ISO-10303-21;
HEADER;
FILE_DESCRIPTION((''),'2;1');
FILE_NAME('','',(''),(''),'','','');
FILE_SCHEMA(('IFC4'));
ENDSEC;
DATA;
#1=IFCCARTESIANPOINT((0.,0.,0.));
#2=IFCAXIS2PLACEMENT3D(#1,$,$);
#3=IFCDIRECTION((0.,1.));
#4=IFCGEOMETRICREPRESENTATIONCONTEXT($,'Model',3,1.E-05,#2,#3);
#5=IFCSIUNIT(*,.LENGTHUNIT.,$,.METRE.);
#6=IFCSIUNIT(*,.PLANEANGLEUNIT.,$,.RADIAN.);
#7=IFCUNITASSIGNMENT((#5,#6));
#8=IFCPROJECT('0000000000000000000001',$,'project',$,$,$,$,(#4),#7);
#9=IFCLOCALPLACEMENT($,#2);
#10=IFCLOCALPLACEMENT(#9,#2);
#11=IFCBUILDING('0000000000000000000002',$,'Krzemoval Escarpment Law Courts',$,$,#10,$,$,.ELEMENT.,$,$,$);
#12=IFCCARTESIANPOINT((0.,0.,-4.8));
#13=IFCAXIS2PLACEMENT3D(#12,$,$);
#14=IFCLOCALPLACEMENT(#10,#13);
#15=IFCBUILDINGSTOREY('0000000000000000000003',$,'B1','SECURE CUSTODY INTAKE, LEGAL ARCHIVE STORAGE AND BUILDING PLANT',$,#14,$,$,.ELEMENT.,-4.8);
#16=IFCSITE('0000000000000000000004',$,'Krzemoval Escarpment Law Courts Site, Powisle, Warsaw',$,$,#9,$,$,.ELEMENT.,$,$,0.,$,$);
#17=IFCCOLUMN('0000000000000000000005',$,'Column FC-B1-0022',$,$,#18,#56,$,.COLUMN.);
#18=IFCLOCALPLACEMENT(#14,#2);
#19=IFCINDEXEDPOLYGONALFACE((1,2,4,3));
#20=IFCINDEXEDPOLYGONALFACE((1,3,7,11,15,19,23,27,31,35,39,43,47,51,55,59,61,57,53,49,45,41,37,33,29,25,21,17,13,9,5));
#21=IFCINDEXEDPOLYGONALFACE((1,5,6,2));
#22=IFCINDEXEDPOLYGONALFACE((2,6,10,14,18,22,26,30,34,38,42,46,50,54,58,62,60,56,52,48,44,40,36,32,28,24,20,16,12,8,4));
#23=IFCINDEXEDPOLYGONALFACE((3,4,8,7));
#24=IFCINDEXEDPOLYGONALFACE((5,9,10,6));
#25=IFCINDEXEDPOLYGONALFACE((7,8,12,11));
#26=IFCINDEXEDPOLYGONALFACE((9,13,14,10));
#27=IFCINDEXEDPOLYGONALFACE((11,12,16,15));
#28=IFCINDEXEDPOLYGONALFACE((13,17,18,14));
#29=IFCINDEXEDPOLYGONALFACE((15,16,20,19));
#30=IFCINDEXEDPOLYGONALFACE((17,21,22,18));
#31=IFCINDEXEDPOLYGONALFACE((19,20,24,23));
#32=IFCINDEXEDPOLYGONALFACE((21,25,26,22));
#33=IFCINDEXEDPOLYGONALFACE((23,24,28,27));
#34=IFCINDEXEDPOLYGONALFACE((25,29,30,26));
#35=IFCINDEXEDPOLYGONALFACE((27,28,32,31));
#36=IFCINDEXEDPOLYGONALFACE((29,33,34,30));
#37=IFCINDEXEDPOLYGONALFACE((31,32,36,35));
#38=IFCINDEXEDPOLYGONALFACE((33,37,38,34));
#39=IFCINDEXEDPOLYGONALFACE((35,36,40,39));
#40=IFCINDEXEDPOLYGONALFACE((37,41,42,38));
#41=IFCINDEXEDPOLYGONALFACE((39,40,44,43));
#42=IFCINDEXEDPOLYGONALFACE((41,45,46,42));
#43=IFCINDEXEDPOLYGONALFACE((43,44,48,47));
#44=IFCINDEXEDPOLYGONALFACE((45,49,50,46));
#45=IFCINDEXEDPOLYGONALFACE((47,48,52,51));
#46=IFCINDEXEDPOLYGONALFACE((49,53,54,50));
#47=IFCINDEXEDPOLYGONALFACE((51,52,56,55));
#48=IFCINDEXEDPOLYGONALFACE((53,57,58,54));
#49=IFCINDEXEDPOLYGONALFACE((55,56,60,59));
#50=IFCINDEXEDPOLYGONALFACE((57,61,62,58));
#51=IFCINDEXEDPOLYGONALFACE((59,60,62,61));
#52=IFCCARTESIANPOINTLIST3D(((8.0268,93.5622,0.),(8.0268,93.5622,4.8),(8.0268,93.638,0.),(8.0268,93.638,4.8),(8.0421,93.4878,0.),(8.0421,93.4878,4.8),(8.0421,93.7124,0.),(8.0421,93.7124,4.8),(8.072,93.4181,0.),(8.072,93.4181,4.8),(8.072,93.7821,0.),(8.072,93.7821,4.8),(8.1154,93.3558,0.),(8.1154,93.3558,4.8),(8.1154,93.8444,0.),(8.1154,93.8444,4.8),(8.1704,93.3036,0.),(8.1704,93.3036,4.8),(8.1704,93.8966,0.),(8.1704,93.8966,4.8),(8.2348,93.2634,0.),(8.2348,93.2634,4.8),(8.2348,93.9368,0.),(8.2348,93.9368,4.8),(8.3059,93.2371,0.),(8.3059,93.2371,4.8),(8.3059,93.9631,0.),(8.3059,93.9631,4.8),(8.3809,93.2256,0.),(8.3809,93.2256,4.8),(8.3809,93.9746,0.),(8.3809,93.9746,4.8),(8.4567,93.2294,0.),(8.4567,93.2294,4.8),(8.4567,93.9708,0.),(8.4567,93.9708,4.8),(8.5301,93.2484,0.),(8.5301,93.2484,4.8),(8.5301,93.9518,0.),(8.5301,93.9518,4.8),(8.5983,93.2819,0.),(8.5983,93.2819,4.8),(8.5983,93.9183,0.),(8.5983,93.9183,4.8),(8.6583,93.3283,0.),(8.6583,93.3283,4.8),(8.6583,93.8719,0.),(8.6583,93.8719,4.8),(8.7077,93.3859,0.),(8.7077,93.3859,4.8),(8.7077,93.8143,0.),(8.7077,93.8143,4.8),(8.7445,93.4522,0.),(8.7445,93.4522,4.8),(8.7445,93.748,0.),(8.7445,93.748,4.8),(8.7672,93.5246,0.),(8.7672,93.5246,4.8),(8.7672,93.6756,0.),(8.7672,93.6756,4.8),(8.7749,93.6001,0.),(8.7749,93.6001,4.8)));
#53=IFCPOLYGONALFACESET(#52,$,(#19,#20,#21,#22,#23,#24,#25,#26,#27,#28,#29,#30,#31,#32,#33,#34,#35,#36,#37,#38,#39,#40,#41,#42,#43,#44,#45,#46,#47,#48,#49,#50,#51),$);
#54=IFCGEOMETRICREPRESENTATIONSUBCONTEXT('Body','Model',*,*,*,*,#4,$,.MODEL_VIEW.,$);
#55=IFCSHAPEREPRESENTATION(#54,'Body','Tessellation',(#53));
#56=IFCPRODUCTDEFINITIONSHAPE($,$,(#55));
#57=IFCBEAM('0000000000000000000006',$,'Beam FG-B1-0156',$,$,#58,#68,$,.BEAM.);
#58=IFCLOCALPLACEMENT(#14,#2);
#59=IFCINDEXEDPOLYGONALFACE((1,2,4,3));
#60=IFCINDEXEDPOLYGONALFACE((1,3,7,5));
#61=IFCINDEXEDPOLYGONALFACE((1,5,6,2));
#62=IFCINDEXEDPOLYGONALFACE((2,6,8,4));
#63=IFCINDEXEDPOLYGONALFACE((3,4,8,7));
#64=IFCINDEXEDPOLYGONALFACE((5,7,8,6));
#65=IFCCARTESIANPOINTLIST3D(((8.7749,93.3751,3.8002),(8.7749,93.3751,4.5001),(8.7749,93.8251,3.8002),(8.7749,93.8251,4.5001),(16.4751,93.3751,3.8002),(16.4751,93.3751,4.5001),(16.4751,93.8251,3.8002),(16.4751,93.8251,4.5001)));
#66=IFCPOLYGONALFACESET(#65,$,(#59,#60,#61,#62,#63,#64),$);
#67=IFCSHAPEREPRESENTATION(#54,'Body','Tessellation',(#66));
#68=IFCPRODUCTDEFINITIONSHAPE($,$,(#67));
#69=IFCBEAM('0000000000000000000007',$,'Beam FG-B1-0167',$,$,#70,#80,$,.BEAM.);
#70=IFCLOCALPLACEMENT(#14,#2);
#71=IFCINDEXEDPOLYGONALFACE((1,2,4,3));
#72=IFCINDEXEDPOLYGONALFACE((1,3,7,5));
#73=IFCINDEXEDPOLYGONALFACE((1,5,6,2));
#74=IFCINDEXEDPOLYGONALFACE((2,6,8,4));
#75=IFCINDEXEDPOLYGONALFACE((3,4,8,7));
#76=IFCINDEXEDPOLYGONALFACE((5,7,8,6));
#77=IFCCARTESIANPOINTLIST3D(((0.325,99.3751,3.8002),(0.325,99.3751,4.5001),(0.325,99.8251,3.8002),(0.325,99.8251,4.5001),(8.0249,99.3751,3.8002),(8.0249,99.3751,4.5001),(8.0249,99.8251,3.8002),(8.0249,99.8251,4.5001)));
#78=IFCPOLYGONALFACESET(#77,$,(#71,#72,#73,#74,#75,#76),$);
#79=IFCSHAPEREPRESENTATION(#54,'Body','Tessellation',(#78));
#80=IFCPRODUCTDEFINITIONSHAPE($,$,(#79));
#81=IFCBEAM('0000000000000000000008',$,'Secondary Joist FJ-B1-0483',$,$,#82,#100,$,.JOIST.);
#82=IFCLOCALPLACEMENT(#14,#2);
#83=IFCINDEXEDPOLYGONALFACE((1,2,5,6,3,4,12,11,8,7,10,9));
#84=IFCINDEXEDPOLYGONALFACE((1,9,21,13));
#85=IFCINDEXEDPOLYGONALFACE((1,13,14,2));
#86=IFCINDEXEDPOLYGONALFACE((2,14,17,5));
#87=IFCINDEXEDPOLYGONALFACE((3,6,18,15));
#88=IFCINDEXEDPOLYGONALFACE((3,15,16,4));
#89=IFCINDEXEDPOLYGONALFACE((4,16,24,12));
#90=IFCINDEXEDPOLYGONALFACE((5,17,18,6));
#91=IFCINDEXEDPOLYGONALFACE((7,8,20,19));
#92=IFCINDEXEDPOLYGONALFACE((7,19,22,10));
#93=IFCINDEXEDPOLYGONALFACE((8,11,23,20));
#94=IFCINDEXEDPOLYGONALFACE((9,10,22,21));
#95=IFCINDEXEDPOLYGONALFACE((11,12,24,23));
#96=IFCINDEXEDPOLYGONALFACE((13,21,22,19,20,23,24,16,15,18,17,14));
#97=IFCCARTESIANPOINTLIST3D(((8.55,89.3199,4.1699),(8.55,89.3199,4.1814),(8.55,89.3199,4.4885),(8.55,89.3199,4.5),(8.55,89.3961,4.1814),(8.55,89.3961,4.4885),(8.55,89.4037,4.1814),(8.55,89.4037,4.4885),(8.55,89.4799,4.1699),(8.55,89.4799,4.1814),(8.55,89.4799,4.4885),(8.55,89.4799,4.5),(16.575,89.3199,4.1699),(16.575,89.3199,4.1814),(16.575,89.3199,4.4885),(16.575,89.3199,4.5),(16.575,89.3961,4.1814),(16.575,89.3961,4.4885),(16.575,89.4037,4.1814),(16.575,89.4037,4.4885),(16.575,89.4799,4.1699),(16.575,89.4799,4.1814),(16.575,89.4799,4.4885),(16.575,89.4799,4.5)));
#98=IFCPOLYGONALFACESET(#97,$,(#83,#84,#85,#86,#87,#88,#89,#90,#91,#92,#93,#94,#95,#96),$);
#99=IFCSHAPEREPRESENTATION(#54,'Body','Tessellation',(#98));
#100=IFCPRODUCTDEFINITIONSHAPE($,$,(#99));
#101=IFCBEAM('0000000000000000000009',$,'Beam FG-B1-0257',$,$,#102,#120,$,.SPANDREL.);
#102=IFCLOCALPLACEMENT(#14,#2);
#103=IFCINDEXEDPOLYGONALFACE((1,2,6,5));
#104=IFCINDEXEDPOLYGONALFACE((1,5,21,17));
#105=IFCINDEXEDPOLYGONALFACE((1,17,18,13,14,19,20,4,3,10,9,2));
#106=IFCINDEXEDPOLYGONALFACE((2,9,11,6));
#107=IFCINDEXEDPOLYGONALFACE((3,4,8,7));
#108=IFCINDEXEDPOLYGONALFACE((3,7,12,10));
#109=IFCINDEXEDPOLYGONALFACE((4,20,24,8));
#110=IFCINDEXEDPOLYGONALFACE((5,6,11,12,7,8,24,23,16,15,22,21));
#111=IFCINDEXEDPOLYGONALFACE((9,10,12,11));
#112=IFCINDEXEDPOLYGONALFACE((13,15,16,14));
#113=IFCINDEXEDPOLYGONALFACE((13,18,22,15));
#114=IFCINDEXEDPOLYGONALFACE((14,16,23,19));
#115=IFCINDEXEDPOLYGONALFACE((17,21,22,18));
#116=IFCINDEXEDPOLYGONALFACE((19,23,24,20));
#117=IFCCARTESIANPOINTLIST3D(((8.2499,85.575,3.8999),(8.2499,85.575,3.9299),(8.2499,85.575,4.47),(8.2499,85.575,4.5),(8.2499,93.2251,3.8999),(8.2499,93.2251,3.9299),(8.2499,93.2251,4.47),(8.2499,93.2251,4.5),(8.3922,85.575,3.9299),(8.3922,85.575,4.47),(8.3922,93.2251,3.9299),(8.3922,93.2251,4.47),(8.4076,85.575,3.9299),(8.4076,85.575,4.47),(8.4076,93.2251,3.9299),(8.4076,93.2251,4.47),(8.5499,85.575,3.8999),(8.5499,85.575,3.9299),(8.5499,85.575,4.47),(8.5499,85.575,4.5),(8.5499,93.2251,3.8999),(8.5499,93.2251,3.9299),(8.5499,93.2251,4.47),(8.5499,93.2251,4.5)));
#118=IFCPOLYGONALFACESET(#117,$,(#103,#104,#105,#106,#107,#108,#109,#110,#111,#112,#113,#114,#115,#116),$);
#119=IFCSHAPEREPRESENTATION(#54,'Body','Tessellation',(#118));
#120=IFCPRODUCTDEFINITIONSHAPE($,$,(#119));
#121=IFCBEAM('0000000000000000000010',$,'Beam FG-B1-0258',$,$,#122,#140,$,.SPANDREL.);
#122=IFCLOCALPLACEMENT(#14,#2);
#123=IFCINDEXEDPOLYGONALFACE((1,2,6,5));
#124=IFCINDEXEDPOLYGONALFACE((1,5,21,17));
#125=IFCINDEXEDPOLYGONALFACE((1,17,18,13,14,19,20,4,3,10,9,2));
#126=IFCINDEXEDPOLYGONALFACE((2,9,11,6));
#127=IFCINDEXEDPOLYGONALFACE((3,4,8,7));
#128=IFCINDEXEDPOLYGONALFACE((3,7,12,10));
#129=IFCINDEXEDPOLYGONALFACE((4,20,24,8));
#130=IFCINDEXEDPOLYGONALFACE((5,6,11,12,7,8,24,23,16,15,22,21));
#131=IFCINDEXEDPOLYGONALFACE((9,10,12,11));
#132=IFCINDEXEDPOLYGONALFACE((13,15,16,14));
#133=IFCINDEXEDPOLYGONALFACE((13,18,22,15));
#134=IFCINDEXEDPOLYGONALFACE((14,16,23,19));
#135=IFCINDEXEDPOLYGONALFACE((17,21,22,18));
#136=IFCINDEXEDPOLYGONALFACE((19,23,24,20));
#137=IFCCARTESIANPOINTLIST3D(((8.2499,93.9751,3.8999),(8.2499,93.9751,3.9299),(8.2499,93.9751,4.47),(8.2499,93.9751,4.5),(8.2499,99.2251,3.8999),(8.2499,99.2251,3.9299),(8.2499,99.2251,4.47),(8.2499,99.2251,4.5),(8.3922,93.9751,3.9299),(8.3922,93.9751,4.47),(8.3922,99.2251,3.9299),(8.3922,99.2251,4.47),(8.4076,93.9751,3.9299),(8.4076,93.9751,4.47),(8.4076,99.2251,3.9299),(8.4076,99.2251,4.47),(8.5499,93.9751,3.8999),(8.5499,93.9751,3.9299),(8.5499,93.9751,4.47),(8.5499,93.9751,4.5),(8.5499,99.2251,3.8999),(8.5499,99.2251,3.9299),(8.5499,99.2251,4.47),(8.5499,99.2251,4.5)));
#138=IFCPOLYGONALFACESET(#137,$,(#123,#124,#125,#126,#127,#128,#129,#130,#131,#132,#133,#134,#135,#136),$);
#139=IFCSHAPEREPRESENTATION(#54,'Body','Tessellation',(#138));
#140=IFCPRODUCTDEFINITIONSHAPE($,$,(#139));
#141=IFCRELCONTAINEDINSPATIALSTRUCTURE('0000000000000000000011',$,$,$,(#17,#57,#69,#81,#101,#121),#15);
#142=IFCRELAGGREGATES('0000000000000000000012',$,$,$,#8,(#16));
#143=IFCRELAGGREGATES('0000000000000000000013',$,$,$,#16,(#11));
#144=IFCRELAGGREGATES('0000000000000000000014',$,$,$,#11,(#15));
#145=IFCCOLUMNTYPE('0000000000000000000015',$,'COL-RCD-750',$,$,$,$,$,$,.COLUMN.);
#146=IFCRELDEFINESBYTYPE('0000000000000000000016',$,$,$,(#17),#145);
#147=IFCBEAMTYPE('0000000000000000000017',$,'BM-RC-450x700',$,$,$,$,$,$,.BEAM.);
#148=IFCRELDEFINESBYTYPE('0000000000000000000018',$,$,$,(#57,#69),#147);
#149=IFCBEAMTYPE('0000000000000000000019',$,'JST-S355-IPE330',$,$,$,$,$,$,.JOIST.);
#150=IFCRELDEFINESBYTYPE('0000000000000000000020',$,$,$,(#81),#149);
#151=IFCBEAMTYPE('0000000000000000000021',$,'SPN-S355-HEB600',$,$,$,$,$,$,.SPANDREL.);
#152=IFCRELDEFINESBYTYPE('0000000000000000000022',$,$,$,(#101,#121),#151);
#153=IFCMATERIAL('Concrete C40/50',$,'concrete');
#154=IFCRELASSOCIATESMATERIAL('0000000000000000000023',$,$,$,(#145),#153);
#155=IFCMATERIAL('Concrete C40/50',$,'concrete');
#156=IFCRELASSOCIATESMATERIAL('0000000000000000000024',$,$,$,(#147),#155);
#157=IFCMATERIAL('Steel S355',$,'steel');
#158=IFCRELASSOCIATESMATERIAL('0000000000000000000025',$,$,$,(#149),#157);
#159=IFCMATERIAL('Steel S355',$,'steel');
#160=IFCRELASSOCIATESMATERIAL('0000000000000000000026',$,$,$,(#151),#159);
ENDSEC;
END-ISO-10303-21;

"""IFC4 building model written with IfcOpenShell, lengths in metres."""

from ifc_helpers import new_model, si_unit, direction, frame, origin, origin_2d, place, context, subcontext, project, spatial, rectangle, circle, i_section, extrude, material, material_profile, profile_set, type_object, element, save


model = new_model("IFC4")

# Units and contexts
model_context = context("Model", 3, precision=1e-05, world=origin(), true_north=direction((0.0, 1.0)))
body_context = subcontext(model_context, "Body", "Model", "MODEL_VIEW")
ifc_project = project(units=[si_unit("LENGTHUNIT", "METRE"), si_unit("PLANEANGLEUNIT", "RADIAN")], contexts=[model_context])

# Site, building, storey
site_placement = place(None, origin())
site = spatial("IfcSite", under=ifc_project, at=site_placement, Name="Krzemoval Escarpment Law Courts Site, Powisle, Warsaw", CompositionType="ELEMENT", RefElevation=0.0)
building_placement = place(site_placement, origin())
building = spatial("IfcBuilding", under=site, at=building_placement, Name="Krzemoval Escarpment Law Courts", CompositionType="ELEMENT")
storey_placement = place(building_placement, frame((0.0, 0.0, -4.8)))
storey = spatial("IfcBuildingStorey", under=building, at=storey_placement, Name="B1", Description="SECURE CUSTODY INTAKE, LEGAL ARCHIVE STORAGE AND BUILDING PLANT", CompositionType="ELEMENT", Elevation=-4.8)

# Column
ifc_material_1 = material(Name="Concrete C40/50", Category="concrete")
ifc_material_profile_1 = material_profile(ifc_material_1, circle(Radius=0.375, at=origin_2d()), Name="RC D750")
ifc_profile_set_1 = profile_set([ifc_material_profile_1], Name="Concrete C40/50")
column_type_1 = type_object("IfcColumnType", Name="COL-RCD-750", PredefinedType="COLUMN", material=ifc_profile_set_1)
column_1_placement = place(storey_placement, frame((8.3999, 93.6001, 0.0), z_axis=(0.0, 0.0, 1.0), x_axis=(1.0, 0.0, 0.0)))
element("IfcColumn", 1, at=column_1_placement, inside=storey, type_object=column_type_1, Name="Column FC-B1-0022", PredefinedType="COLUMN", context=body_context, shape_type="SweptSolid", body=[
    extrude(circle(Radius=0.375, at=origin_2d()), origin(), (0.0, 0.0, 1.0), 4.8),
])

# Beams
ifc_material_2 = material(Name="Concrete C40/50", Category="concrete")
ifc_material_profile_2 = material_profile(ifc_material_2, rectangle(XDim=0.45, YDim=0.7, at=origin_2d()), Name="RCB 450x700")
ifc_profile_set_2 = profile_set([ifc_material_profile_2], Name="Concrete C40/50")
beam_type_1 = type_object("IfcBeamType", Name="BM-RC-450x700", PredefinedType="BEAM", material=ifc_profile_set_2)
beam_1_placement = place(storey_placement, frame((8.7749, 93.6001, 4.1501), z_axis=(1.0, 0.0, 0.0), x_axis=(0.0, 1.0, 0.0)))
element("IfcBeam", 2, at=beam_1_placement, inside=storey, type_object=beam_type_1, Name="Beam FG-B1-0156", PredefinedType="BEAM", context=body_context, shape_type="SweptSolid", body=[
    extrude(rectangle(XDim=0.45, YDim=0.7, at=origin_2d()), origin(), (0.0, 0.0, 1.0), 7.7002),
])
beam_2_placement = place(storey_placement, frame((0.325, 99.6001, 4.1501), z_axis=(1.0, 0.0, 0.0), x_axis=(0.0, 1.0, 0.0)))
element("IfcBeam", 3, at=beam_2_placement, inside=storey, type_object=beam_type_1, Name="Beam FG-B1-0167", PredefinedType="BEAM", context=body_context, shape_type="SweptSolid", body=[
    extrude(rectangle(XDim=0.45, YDim=0.7, at=origin_2d()), origin(), (0.0, 0.0, 1.0), 7.7),
])
ifc_material_3 = material(Name="Steel S355", Category="steel")
ifc_material_profile_3 = material_profile(ifc_material_3, i_section(OverallWidth=0.1599, OverallDepth=0.3301, WebThickness=0.0076, FlangeThickness=0.0115, at=origin_2d()), Name="IPE 330")
ifc_profile_set_3 = profile_set([ifc_material_profile_3], Name="Steel S355")
beam_type_2 = type_object("IfcBeamType", Name="JST-S355-IPE330", PredefinedType="JOIST", material=ifc_profile_set_3)
beam_3_placement = place(storey_placement, frame((8.55, 89.3999, 4.335), z_axis=(1.0, 0.0, 0.0), x_axis=(0.0, 1.0, 0.0)))
element("IfcBeam", 4, at=beam_3_placement, inside=storey, type_object=beam_type_2, Name="Secondary Joist FJ-B1-0483", PredefinedType="JOIST", context=body_context, shape_type="SweptSolid", body=[
    extrude(i_section(OverallWidth=0.1599, OverallDepth=0.3301, WebThickness=0.0076, FlangeThickness=0.0115, at=origin_2d()), origin(), (0.0, 0.0, 1.0), 8.0249),
])
ifc_material_4 = material(Name="Steel S355", Category="steel")
ifc_material_profile_4 = material_profile(ifc_material_4, i_section(OverallWidth=0.3, OverallDepth=0.6001, WebThickness=0.0154, FlangeThickness=0.03, at=origin_2d()), Name="HEB 600")
ifc_profile_set_4 = profile_set([ifc_material_profile_4], Name="Steel S355")
beam_type_3 = type_object("IfcBeamType", Name="SPN-S355-HEB600", PredefinedType="SPANDREL", material=ifc_profile_set_4)
beam_4_placement = place(storey_placement, frame((8.3999, 85.575, 4.2), z_axis=(0.0, 1.0, 0.0), x_axis=(-1.0, 0.0, 0.0)))
element("IfcBeam", 5, at=beam_4_placement, inside=storey, type_object=beam_type_3, Name="Beam FG-B1-0257", PredefinedType="SPANDREL", context=body_context, shape_type="SweptSolid", body=[
    extrude(i_section(OverallWidth=0.3, OverallDepth=0.6001, WebThickness=0.0154, FlangeThickness=0.03, at=origin_2d()), origin(), (0.0, 0.0, 1.0), 7.6501),
])
beam_5_placement = place(storey_placement, frame((8.3999, 93.9751, 4.2), z_axis=(0.0, 1.0, 0.0), x_axis=(-1.0, 0.0, 0.0)))
element("IfcBeam", 6, at=beam_5_placement, inside=storey, type_object=beam_type_3, Name="Beam FG-B1-0258", PredefinedType="SPANDREL", context=body_context, shape_type="SweptSolid", body=[
    extrude(i_section(OverallWidth=0.3, OverallDepth=0.6001, WebThickness=0.0154, FlangeThickness=0.03, at=origin_2d()), origin(), (0.0, 0.0, 1.0), 5.25),
])

save(model, "model.ifc")
